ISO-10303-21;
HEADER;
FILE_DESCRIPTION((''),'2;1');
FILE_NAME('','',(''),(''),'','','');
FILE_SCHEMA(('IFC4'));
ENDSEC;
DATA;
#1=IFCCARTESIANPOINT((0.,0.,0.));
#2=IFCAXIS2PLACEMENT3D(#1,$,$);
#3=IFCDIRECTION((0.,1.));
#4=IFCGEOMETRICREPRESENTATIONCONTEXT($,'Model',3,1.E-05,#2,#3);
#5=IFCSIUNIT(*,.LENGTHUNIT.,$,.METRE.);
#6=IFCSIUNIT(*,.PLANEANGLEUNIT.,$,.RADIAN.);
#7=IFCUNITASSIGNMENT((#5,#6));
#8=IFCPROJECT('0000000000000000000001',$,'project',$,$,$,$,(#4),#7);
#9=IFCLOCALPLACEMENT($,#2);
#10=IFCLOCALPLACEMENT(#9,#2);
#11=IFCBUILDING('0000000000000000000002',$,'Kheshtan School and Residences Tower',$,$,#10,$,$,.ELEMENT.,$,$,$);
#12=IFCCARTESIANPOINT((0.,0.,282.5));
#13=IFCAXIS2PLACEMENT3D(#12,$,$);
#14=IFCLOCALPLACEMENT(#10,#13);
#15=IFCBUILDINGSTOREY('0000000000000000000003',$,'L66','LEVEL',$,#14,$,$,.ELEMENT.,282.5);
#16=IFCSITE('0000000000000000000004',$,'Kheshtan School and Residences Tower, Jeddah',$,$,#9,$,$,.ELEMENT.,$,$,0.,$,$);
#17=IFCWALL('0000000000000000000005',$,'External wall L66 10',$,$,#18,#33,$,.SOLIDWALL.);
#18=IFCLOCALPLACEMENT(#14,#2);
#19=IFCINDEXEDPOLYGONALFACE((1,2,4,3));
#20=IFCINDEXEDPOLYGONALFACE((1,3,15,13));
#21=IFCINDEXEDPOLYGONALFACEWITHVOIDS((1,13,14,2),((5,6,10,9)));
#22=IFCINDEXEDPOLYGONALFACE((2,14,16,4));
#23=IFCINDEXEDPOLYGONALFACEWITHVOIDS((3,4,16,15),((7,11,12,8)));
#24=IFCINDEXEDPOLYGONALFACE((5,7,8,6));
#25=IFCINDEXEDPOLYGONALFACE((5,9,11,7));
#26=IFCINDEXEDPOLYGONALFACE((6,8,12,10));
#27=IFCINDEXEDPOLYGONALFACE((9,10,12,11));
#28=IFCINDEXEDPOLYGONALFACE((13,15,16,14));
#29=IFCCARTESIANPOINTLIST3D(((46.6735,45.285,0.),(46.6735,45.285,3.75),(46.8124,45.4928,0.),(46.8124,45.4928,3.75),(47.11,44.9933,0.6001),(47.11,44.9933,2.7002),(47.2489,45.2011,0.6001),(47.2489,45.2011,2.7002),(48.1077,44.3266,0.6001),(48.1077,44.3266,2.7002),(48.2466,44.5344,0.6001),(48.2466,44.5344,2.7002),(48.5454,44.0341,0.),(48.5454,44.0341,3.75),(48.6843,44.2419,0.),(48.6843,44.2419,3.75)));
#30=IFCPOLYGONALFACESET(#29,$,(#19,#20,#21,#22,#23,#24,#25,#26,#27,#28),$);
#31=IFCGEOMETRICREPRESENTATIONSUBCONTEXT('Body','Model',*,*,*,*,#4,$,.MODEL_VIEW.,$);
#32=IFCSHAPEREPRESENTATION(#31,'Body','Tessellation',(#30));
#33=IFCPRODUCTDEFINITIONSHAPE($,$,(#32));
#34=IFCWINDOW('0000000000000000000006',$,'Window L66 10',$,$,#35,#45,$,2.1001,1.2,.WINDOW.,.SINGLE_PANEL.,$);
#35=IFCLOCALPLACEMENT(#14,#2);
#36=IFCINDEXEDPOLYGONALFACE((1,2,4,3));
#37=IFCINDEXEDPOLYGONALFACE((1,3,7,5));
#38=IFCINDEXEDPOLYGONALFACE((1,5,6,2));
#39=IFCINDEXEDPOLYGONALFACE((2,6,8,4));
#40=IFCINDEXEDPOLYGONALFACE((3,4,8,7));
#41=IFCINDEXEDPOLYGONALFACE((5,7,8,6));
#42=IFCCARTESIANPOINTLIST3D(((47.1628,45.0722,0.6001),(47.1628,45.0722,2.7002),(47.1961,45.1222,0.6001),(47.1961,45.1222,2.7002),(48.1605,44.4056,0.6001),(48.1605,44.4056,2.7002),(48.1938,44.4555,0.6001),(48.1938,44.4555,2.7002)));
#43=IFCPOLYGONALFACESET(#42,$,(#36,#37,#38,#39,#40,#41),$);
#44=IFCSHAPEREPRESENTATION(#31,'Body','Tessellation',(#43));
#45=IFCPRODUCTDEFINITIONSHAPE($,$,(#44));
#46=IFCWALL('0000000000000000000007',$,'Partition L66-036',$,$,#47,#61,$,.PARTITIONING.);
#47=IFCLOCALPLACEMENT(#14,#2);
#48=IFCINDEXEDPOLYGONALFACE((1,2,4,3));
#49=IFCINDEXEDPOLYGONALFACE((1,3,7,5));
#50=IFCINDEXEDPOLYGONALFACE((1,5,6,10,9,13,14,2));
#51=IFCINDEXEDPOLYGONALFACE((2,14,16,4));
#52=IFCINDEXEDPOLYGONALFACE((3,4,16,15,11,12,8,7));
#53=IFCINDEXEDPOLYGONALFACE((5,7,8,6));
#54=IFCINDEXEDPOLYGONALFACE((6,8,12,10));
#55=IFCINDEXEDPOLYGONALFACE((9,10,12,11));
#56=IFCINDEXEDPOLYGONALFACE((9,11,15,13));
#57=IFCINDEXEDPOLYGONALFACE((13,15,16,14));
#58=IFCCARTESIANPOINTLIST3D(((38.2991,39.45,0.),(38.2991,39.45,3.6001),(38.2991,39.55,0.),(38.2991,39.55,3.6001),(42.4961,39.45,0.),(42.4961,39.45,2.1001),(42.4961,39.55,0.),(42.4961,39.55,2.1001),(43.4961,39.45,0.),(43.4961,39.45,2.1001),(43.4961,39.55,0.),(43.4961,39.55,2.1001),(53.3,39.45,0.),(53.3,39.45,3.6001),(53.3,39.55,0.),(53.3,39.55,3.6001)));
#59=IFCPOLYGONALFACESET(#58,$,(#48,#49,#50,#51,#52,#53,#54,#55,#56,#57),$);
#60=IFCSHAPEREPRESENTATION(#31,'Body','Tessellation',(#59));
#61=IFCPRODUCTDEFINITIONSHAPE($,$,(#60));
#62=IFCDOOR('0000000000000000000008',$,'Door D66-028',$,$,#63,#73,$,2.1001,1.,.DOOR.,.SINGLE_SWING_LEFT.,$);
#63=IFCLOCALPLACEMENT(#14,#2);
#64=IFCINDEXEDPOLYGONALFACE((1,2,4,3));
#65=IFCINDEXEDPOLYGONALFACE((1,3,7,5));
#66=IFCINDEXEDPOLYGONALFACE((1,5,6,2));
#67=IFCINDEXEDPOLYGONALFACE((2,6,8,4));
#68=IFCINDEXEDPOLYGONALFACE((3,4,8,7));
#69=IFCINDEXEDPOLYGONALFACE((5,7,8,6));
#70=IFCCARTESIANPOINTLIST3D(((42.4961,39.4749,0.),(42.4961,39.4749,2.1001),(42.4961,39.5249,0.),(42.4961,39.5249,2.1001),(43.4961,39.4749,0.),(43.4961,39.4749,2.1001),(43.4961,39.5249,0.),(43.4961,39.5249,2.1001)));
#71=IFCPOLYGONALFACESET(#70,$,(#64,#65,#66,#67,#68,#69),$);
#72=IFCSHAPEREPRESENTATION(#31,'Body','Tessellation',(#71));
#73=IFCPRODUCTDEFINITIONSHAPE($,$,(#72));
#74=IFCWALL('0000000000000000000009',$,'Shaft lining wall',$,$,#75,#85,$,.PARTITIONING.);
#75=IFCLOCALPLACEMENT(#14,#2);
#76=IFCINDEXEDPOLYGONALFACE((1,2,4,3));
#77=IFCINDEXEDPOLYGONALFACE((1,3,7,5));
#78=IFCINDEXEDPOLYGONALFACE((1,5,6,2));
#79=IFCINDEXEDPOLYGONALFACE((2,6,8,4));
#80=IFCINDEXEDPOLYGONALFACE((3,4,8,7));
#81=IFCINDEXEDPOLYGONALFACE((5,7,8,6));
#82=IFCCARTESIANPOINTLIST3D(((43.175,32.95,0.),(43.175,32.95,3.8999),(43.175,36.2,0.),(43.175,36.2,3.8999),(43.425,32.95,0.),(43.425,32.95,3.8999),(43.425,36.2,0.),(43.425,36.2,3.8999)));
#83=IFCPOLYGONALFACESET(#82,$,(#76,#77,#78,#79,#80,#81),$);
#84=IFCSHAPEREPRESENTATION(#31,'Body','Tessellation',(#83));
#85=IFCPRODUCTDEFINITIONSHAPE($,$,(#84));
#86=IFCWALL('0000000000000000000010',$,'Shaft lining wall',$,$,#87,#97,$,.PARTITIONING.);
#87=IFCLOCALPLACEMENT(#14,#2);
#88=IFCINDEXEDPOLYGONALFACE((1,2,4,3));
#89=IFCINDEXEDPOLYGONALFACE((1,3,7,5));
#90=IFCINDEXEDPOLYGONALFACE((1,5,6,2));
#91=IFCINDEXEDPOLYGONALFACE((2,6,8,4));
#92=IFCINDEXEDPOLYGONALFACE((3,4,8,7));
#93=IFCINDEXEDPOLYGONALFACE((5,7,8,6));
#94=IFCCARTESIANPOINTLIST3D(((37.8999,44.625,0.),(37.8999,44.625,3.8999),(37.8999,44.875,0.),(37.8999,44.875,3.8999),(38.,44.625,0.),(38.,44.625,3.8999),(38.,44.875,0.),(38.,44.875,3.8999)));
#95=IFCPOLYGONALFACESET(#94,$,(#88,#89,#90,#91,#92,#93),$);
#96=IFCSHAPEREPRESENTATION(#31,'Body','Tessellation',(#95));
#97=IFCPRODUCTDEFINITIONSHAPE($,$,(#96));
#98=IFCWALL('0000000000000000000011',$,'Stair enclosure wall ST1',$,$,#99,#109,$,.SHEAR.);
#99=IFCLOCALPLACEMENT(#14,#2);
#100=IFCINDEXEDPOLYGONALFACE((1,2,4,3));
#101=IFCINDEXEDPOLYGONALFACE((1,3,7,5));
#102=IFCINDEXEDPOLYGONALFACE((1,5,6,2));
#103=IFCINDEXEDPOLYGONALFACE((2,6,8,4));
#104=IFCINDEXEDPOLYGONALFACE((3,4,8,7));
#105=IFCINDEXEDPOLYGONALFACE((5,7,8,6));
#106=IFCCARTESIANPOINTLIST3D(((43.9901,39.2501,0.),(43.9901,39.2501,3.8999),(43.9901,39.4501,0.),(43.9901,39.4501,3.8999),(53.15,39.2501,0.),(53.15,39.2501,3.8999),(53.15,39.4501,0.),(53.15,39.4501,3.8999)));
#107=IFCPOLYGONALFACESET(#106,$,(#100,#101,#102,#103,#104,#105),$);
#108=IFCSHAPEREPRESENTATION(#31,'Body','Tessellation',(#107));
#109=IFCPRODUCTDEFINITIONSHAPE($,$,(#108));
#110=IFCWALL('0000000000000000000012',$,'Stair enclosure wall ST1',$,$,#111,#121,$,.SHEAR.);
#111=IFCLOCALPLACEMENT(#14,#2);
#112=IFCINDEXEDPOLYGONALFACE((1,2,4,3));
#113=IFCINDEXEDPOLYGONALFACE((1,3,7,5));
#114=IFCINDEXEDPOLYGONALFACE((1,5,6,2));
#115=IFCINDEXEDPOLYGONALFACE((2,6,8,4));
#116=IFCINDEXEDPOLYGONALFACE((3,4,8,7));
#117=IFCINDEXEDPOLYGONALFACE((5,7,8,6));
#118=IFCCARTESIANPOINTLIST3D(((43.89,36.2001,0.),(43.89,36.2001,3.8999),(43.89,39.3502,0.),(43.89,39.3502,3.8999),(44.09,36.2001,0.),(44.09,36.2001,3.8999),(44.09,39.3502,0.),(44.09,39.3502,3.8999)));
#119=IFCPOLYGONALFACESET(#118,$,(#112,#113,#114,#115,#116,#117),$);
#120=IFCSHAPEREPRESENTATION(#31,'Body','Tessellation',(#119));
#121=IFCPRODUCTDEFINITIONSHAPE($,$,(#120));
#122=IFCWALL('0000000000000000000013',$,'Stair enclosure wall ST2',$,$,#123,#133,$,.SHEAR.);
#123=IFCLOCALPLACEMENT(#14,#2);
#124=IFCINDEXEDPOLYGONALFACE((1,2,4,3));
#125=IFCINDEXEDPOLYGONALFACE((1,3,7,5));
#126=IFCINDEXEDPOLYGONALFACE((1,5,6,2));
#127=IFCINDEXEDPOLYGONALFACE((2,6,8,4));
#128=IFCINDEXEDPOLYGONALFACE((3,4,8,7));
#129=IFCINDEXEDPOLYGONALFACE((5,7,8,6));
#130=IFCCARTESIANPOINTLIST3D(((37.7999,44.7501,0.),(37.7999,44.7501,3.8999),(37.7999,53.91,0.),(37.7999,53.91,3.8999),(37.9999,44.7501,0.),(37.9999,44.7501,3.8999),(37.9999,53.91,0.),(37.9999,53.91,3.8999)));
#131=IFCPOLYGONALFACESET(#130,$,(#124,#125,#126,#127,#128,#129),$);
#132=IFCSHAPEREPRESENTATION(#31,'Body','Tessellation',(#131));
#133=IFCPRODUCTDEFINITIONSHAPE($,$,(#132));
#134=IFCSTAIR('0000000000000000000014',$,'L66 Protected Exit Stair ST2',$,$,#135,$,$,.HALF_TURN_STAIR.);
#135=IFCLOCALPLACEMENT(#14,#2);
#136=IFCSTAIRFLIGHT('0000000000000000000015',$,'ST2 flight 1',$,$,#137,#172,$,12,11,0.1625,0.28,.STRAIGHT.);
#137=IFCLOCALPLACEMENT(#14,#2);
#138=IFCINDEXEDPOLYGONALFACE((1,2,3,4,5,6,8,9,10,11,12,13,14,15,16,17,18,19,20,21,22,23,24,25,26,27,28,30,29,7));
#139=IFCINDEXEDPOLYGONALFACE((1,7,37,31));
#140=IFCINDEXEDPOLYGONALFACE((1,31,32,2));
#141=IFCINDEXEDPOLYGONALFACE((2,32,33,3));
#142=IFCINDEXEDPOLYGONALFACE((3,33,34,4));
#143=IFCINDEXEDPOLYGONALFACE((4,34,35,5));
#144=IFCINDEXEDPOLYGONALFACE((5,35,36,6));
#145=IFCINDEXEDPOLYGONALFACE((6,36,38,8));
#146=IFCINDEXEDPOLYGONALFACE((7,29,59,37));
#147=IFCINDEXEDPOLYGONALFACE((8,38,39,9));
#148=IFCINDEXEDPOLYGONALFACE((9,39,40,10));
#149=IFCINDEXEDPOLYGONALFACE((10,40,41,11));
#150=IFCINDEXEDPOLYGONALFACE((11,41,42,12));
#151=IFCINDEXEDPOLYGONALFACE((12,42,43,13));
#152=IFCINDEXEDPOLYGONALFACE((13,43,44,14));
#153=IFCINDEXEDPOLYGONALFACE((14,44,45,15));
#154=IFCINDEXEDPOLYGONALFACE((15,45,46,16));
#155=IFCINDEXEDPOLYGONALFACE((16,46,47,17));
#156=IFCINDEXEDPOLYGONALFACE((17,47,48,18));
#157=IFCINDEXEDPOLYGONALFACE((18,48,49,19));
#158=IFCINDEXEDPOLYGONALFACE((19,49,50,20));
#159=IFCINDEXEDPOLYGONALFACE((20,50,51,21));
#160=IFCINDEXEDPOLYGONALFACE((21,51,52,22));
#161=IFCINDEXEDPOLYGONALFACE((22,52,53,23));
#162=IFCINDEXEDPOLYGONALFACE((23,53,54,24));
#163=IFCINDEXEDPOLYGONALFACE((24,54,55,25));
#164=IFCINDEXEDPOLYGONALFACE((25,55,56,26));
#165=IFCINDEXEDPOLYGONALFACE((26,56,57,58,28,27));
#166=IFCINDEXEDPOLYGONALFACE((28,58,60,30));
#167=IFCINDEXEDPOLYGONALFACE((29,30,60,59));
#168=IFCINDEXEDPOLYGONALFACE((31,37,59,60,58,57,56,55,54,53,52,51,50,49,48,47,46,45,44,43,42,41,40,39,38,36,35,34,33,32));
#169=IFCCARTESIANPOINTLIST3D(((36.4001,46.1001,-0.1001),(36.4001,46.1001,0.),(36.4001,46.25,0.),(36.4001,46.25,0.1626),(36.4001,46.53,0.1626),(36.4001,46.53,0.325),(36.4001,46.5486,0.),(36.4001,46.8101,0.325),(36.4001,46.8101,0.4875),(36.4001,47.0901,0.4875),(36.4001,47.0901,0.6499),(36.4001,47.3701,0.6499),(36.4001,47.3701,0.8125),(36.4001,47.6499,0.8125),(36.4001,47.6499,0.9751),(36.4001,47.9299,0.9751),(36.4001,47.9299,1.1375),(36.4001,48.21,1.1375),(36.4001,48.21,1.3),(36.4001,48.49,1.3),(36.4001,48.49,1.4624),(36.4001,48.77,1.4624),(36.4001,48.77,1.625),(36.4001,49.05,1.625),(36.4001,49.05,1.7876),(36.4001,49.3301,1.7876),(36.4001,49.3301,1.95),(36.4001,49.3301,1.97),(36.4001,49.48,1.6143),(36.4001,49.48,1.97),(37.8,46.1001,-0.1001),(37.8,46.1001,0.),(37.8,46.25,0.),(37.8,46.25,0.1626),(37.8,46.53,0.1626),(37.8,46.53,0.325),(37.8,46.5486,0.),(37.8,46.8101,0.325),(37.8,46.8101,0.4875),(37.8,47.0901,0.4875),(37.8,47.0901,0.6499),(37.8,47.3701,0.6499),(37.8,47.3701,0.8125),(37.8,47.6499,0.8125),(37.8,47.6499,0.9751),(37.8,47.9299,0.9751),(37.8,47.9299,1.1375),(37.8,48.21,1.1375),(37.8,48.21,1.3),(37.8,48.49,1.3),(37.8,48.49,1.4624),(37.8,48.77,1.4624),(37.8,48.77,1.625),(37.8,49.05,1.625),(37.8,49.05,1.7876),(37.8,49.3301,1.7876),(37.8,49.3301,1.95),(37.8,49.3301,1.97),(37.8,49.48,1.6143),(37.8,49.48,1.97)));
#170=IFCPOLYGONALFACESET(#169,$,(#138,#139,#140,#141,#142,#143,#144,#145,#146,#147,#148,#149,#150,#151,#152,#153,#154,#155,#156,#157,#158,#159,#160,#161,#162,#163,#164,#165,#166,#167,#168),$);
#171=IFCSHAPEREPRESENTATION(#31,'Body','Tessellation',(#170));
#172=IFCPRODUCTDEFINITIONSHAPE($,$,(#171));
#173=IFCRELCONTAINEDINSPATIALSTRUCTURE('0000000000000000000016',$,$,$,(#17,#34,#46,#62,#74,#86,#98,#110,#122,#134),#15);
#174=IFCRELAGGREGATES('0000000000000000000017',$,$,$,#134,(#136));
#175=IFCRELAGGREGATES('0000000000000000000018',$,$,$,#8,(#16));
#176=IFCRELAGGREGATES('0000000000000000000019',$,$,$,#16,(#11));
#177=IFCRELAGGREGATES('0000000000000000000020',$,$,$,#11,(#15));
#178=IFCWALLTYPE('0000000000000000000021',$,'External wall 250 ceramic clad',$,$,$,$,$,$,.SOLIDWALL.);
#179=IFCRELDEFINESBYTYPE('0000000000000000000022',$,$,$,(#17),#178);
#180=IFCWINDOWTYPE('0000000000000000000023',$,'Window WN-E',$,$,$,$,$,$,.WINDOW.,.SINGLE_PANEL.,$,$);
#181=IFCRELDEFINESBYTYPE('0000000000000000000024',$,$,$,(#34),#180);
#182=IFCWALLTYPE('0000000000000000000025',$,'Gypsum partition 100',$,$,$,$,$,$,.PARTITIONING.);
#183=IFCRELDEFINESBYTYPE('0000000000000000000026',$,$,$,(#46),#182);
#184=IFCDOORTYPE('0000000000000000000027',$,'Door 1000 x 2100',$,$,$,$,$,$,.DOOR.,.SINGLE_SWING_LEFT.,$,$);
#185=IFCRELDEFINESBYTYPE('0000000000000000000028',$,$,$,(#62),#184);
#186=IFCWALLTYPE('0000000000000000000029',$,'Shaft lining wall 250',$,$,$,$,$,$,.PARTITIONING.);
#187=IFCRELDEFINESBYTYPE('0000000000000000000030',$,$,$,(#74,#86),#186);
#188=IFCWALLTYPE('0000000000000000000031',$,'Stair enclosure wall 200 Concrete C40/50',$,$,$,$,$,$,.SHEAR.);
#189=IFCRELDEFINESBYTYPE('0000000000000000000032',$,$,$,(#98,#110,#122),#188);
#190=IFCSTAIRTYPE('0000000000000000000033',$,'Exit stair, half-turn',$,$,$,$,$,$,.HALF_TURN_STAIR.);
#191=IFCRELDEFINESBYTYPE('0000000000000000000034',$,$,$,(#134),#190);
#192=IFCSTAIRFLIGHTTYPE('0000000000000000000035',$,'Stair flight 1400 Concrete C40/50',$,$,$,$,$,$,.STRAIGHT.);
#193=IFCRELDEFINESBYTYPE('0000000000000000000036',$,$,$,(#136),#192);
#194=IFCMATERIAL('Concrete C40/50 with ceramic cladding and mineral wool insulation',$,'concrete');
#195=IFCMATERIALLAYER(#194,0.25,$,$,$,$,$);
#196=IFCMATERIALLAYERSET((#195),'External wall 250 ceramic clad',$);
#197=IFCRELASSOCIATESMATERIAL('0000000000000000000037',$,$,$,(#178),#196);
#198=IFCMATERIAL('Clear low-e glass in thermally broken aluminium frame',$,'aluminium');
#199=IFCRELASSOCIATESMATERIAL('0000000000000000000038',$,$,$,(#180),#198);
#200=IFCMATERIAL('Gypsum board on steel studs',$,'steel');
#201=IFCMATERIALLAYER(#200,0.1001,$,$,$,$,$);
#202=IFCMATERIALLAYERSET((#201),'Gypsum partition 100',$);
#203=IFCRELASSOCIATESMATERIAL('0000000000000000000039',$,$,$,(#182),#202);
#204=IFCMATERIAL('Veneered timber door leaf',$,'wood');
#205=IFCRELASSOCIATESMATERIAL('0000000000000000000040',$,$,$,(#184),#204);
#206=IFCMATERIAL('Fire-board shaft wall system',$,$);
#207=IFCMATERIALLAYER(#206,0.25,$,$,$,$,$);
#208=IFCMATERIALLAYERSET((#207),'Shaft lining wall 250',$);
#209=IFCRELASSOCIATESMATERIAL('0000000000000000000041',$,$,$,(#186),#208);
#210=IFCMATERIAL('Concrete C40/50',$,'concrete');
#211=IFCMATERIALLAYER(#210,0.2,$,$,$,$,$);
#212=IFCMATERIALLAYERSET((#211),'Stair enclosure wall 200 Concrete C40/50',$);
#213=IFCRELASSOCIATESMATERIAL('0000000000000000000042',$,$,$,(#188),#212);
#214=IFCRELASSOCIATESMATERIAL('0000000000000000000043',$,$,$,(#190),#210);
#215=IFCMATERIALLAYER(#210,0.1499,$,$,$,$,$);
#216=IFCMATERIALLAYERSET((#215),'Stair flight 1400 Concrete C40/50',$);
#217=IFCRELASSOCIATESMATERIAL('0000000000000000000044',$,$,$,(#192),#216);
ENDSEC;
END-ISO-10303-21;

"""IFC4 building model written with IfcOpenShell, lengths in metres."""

from ifc_helpers import new_model, si_unit, direction, frame, frame_2d, origin, place, context, subcontext, project, spatial, polyline, rectangle, outline, extrude, source, transform, mapped, material, layer, layer_set, type_object, element, fill, aggregate, save


model = new_model("IFC4")

# Units and contexts
model_context = context("Model", 3, precision=1e-05, world=origin(), true_north=direction((0.0, 1.0)))
body_context = subcontext(model_context, "Body", "Model", "MODEL_VIEW")
ifc_project = project(units=[si_unit("LENGTHUNIT", "METRE"), si_unit("PLANEANGLEUNIT", "RADIAN")], contexts=[model_context])

# Site, building, storey
site_placement = place(None, origin())
site = spatial("IfcSite", under=ifc_project, at=site_placement, Name="Kheshtan School and Residences Tower, Jeddah", CompositionType="ELEMENT", RefElevation=0.0)
building_placement = place(site_placement, origin())
building = spatial("IfcBuilding", under=site, at=building_placement, Name="Kheshtan School and Residences Tower", CompositionType="ELEMENT")
storey_placement = place(building_placement, frame((0.0, 0.0, 282.5)))
storey = spatial("IfcBuildingStorey", under=building, at=storey_placement, Name="L66", Description="LEVEL", CompositionType="ELEMENT", Elevation=282.5)

# Shared definitions
ifc_material_1 = material(Name="Clear low-e glass in thermally broken aluminium frame", Category="aluminium")

# Wall, opening, window
ifc_material_2 = material(Name="Concrete C40/50 with ceramic cladding and mineral wool insulation", Category="concrete")
ifc_layer_1 = layer(ifc_material_2, 0.25)
ifc_layer_set_1 = layer_set([ifc_layer_1], Name="External wall 250 ceramic clad")
wall_type_1 = type_object("IfcWallType", Name="External wall 250 ceramic clad", PredefinedType="SOLIDWALL", material=ifc_layer_set_1)
window_type = type_object("IfcWindowType", Name="Window WN-E", PartitioningType="SINGLE_PANEL", PredefinedType="WINDOW", material=ifc_material_1)
shared_shape_1 = source(origin(), body_context, "Body", "SweptSolid", [
    extrude(rectangle(XDim=1.2, YDim=2.1001, at=frame_2d((0.6001, 1.05))), frame((0.0, 0.03, 0.0), z_axis=(0.0, -1.0, 0.0), x_axis=(1.0, 0.0, 0.0)), (0.0, 0.0, 1.0), 0.0601),
])
wall_1_placement = place(storey_placement, frame((46.7429, 45.3889, 0.0), z_axis=(0.0, 0.0, 1.0), x_axis=(0.831449, -0.555601, 0.0)))
wall_1 = element("IfcWall", 1, at=wall_1_placement, inside=storey, type_object=wall_type_1, Name="External wall L66 10", PredefinedType="SOLIDWALL", context=body_context, shape_type="SweptSolid", body=[
    extrude(rectangle(XDim=2.2515, YDim=0.25, at=frame_2d((1.1257, 0.0))), origin(), (0.0, 0.0, 1.0), 3.75),
])
opening_1_placement = place(wall_1_placement, frame((0.5249, 0.0, 0.6001)))
opening_1 = element("IfcOpeningElement", 2, at=opening_1_placement, cuts=wall_1, PredefinedType="OPENING", context=body_context, shape_type="SweptSolid", body=[
    extrude(rectangle(XDim=1.2, YDim=2.1001, at=frame_2d((0.6001, 1.05))), frame((0.0, 0.135, 0.0), z_axis=(0.0, -1.0, 0.0), x_axis=(1.0, 0.0, 0.0)), (0.0, 0.0, 1.0), 0.27),
])
window_1_placement = place(opening_1_placement, origin())
window_1 = element("IfcWindow", 3, at=window_1_placement, inside=storey, type_object=window_type, Name="Window L66 10", OverallHeight=2.1001, OverallWidth=1.2, PartitioningType="SINGLE_PANEL", PredefinedType="WINDOW", context=body_context, shape_type="MappedRepresentation", body=[
    mapped(shared_shape_1, transform((0.0, 0.0, 0.0), x_axis=(1.0, 0.0, 0.0), y_axis=(0.0, 1.0, 0.0), z_axis=(0.0, 0.0, 1.0), scale=1.0)),
])
fill(opening_1, window_1)

# Wall, opening, door
ifc_material_3 = material(Name="Gypsum board on steel studs", Category="steel")
ifc_layer_2 = layer(ifc_material_3, 0.1001)
ifc_layer_set_2 = layer_set([ifc_layer_2], Name="Gypsum partition 100")
wall_type_2 = type_object("IfcWallType", Name="Gypsum partition 100", PredefinedType="PARTITIONING", material=ifc_layer_set_2)
wall_2_placement = place(storey_placement, frame((38.2991, 39.5, 0.0), z_axis=(0.0, 0.0, 1.0), x_axis=(1.0, 0.0, 0.0)))
wall_2 = element("IfcWall", 4, at=wall_2_placement, inside=storey, type_object=wall_type_2, Name="Partition L66-036", PredefinedType="PARTITIONING", context=body_context, shape_type="SweptSolid", body=[
    extrude(rectangle(XDim=15.001, YDim=0.1001, at=frame_2d((7.5005, 0.0))), origin(), (0.0, 0.0, 1.0), 3.6001),
])
opening_2_placement = place(wall_2_placement, frame((4.197, 0.0, 0.0)))
opening_2 = element("IfcOpeningElement", 5, at=opening_2_placement, cuts=wall_2, PredefinedType="OPENING", context=body_context, shape_type="SweptSolid", body=[
    extrude(rectangle(XDim=1.0, YDim=2.1001, at=frame_2d((0.5, 1.05))), frame((0.0, 0.0601, 0.0), z_axis=(0.0, -1.0, 0.0), x_axis=(1.0, 0.0, 0.0)), (0.0, 0.0, 1.0), 0.1201),
])
ifc_material_4 = material(Name="Veneered timber door leaf", Category="wood")
door_type_1 = type_object("IfcDoorType", Name="Door 1000 x 2100", OperationType="SINGLE_SWING_LEFT", PredefinedType="DOOR", material=ifc_material_4)
shared_shape_2 = source(origin(), body_context, "Body", "SweptSolid", [
    extrude(rectangle(XDim=1.0, YDim=2.1001, at=frame_2d((0.5, 1.05))), frame((0.0, 0.0249, 0.0), z_axis=(0.0, -1.0, 0.0), x_axis=(1.0, 0.0, 0.0)), (0.0, 0.0, 1.0), 0.05),
])
door_1_placement = place(opening_2_placement, origin())
door_1 = element("IfcDoor", 6, at=door_1_placement, inside=storey, type_object=door_type_1, Name="Door D66-028", OperationType="SINGLE_SWING_LEFT", OverallHeight=2.1001, OverallWidth=1.0, PredefinedType="DOOR", context=body_context, shape_type="MappedRepresentation", body=[
    mapped(shared_shape_2, transform((0.0, 0.0, 0.0), x_axis=(1.0, 0.0, 0.0), y_axis=(0.0, 1.0, 0.0), z_axis=(0.0, 0.0, 1.0), scale=1.0)),
])
fill(opening_2, door_1)

# Walls
ifc_material_5 = material(Name="Fire-board shaft wall system")
ifc_layer_3 = layer(ifc_material_5, 0.25)
ifc_layer_set_3 = layer_set([ifc_layer_3], Name="Shaft lining wall 250")
wall_type_3 = type_object("IfcWallType", Name="Shaft lining wall 250", PredefinedType="PARTITIONING", material=ifc_layer_set_3)
wall_3_placement = place(storey_placement, frame((43.3, 32.95, 0.0), z_axis=(0.0, 0.0, 1.0), x_axis=(0.0, 1.0, 0.0)))
element("IfcWall", 7, at=wall_3_placement, inside=storey, type_object=wall_type_3, Name="Shaft lining wall", PredefinedType="PARTITIONING", context=body_context, shape_type="SweptSolid", body=[
    extrude(rectangle(XDim=3.25, YDim=0.25, at=frame_2d((1.625, 0.0))), origin(), (0.0, 0.0, 1.0), 3.8999),
])
wall_4_placement = place(storey_placement, frame((37.8999, 44.75, 0.0), z_axis=(0.0, 0.0, 1.0), x_axis=(1.0, 0.0, 0.0)))
element("IfcWall", 8, at=wall_4_placement, inside=storey, type_object=wall_type_3, Name="Shaft lining wall", PredefinedType="PARTITIONING", context=body_context, shape_type="SweptSolid", body=[
    extrude(rectangle(XDim=0.1001, YDim=0.25, at=frame_2d((0.05, 0.0))), origin(), (0.0, 0.0, 1.0), 3.8999),
])
ifc_material_6 = material(Name="Concrete C40/50", Category="concrete")
ifc_layer_4 = layer(ifc_material_6, 0.2)
ifc_layer_set_4 = layer_set([ifc_layer_4], Name="Stair enclosure wall 200 Concrete C40/50")
wall_type_4 = type_object("IfcWallType", Name="Stair enclosure wall 200 Concrete C40/50", PredefinedType="SHEAR", material=ifc_layer_set_4)
wall_5_placement = place(storey_placement, frame((43.99, 39.3501, 0.0), z_axis=(0.0, 0.0, 1.0), x_axis=(1.0, 0.0, 0.0)))
element("IfcWall", 9, at=wall_5_placement, inside=storey, type_object=wall_type_4, Name="Stair enclosure wall ST1", PredefinedType="SHEAR", context=body_context, shape_type="SweptSolid", body=[
    extrude(rectangle(XDim=9.1599, YDim=0.2, at=frame_2d((4.5801, 0.0))), origin(), (0.0, 0.0, 1.0), 3.8999),
])
wall_6_placement = place(storey_placement, frame((43.99, 36.2, 0.0), z_axis=(0.0, 0.0, 1.0), x_axis=(0.0, 1.0, 0.0)))
element("IfcWall", 10, at=wall_6_placement, inside=storey, type_object=wall_type_4, Name="Stair enclosure wall ST1", PredefinedType="SHEAR", context=body_context, shape_type="SweptSolid", body=[
    extrude(rectangle(XDim=3.1501, YDim=0.2, at=frame_2d((1.5752, 0.0))), origin(), (0.0, 0.0, 1.0), 3.8999),
])
wall_7_placement = place(storey_placement, frame((37.8999, 44.75, 0.0), z_axis=(0.0, 0.0, 1.0), x_axis=(0.0, 1.0, 0.0)))
element("IfcWall", 11, at=wall_7_placement, inside=storey, type_object=wall_type_4, Name="Stair enclosure wall ST2", PredefinedType="SHEAR", context=body_context, shape_type="SweptSolid", body=[
    extrude(rectangle(XDim=9.1599, YDim=0.2, at=frame_2d((4.5801, 0.0))), origin(), (0.0, 0.0, 1.0), 3.8999),
])

# Stair, stair flight
stair_type = type_object("IfcStairType", Name="Exit stair, half-turn", PredefinedType="HALF_TURN_STAIR", material=ifc_material_6)
stair_placement = place(storey_placement, origin())
stair = element("IfcStair", 12, at=stair_placement, inside=storey, type_object=stair_type, Name="L66 Protected Exit Stair ST2", PredefinedType="HALF_TURN_STAIR")
ifc_layer_5 = layer(ifc_material_6, 0.1499)
ifc_layer_set_5 = layer_set([ifc_layer_5], Name="Stair flight 1400 Concrete C40/50")
stair_flight_type = type_object("IfcStairFlightType", Name="Stair flight 1400 Concrete C40/50", PredefinedType="STRAIGHT", material=ifc_layer_set_5)
stair_flight_placement = place(storey_placement, frame((37.1001, 46.25, 0.0), z_axis=(0.0, 0.0, 1.0), x_axis=(0.0, 1.0, 0.0)))
stair_flight = element("IfcStairFlight", 13, at=stair_flight_placement, type_object=stair_flight_type, Name="ST2 flight 1", NumberOfRisers=12, NumberOfTreads=11, PredefinedType="STRAIGHT", RiserHeight=0.1625, TreadLength=0.28, context=body_context, shape_type="SweptSolid", body=[
    extrude(outline(polyline([(-0.1499, -0.1001), (-0.1499, 0.0), (0.0, 0.0), (0.0, 0.1626), (0.28, 0.1626), (0.28, 0.325), (0.5601, 0.325), (0.5601, 0.4875), (0.8401, 0.4875), (0.8401, 0.6499), (1.1201, 0.6499), (1.1201, 0.8125), (1.3999, 0.8125), (1.3999, 0.9751), (1.6799, 0.9751), (1.6799, 1.1375), (1.96, 1.1375), (1.96, 1.3), (2.24, 1.3), (2.24, 1.4624), (2.52, 1.4624), (2.52, 1.625), (2.8, 1.625), (2.8, 1.7876), (3.0801, 1.7876), (3.0801, 1.95), (3.0801, 1.97), (3.23, 1.97), (3.23, 1.6143), (0.2986, 0.0), (-0.1499, -0.1001)])), frame((0.0, 0.7, 0.0), z_axis=(0.0, -1.0, 0.0), x_axis=(1.0, 0.0, 0.0)), (0.0, 0.0, 1.0), 1.3999),
])
aggregate(stair, [stair_flight])

save(model, "model.ifc")
